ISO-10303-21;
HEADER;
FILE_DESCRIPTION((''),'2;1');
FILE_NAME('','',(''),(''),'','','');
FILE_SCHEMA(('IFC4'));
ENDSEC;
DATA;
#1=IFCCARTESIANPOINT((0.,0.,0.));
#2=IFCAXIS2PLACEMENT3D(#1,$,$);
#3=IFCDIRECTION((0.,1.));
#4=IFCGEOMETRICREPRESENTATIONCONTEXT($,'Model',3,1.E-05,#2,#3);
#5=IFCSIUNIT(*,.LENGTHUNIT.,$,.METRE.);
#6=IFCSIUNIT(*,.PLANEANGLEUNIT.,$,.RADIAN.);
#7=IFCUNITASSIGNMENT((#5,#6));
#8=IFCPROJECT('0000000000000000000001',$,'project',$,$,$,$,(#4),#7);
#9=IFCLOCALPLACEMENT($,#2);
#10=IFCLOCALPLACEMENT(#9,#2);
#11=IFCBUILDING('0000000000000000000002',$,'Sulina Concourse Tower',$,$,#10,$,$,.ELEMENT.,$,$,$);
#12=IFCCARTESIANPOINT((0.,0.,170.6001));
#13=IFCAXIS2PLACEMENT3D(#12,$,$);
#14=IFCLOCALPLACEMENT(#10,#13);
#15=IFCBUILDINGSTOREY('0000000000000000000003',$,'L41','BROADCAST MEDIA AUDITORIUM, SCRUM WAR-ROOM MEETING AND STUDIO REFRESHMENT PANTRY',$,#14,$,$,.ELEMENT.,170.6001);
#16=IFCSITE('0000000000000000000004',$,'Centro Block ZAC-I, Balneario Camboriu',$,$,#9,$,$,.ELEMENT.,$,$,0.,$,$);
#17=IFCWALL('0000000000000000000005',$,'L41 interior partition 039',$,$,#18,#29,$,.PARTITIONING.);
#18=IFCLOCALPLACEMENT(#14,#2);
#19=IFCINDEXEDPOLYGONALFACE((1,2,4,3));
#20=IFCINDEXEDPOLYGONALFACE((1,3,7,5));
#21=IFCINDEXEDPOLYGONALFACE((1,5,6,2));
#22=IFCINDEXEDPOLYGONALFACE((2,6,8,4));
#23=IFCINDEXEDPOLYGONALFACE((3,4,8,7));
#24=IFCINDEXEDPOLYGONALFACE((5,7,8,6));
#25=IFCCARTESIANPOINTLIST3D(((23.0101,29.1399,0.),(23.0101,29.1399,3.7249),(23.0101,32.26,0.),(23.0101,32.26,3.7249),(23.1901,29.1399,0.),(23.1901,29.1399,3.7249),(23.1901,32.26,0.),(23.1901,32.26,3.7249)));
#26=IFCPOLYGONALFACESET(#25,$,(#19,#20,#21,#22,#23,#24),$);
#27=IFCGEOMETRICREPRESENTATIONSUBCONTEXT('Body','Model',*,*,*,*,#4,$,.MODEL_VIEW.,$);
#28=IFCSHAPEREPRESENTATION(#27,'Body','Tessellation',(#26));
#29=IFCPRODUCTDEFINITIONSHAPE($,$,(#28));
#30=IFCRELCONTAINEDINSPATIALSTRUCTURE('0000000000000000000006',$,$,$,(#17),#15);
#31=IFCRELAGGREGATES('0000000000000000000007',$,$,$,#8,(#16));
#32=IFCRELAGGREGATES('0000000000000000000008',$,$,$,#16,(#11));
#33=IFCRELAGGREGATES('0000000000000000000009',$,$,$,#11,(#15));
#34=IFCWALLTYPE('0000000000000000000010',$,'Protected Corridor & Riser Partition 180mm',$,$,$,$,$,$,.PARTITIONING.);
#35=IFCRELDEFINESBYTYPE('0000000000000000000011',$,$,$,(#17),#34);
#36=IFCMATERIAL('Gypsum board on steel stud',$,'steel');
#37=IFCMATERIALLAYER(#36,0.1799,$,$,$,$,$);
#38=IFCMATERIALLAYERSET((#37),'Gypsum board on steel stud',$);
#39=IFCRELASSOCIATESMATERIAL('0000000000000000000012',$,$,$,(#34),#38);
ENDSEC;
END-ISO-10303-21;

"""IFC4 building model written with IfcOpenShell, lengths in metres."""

from ifc_helpers import new_model, si_unit, direction, frame, frame_2d, origin, place, context, subcontext, project, spatial, rectangle, extrude, material, layer, layer_set, type_object, element, save


model = new_model("IFC4")

# Units and contexts
model_context = context("Model", 3, precision=1e-05, world=origin(), true_north=direction((0.0, 1.0)))
body_context = subcontext(model_context, "Body", "Model", "MODEL_VIEW")
ifc_project = project(units=[si_unit("LENGTHUNIT", "METRE"), si_unit("PLANEANGLEUNIT", "RADIAN")], contexts=[model_context])

# Site, building, storey
site_placement = place(None, origin())
site = spatial("IfcSite", under=ifc_project, at=site_placement, Name="Centro Block ZAC-I, Balneario Camboriu", CompositionType="ELEMENT", RefElevation=0.0)
building_placement = place(site_placement, origin())
building = spatial("IfcBuilding", under=site, at=building_placement, Name="Sulina Concourse Tower", CompositionType="ELEMENT")
storey_placement = place(building_placement, frame((0.0, 0.0, 170.6001)))
storey = spatial("IfcBuildingStorey", under=building, at=storey_placement, Name="L41", Description="BROADCAST MEDIA AUDITORIUM, SCRUM WAR-ROOM MEETING AND STUDIO REFRESHMENT PANTRY", CompositionType="ELEMENT", Elevation=170.6001)

# Shared definitions
ifc_material_1 = material(Name="Gypsum board on steel stud", Category="steel")
ifc_layer_1 = layer(ifc_material_1, 0.1799)
ifc_layer_set_1 = layer_set([ifc_layer_1], Name="Gypsum board on steel stud")
wall_type_1 = type_object("IfcWallType", Name="Protected Corridor & Riser Partition 180mm", PredefinedType="PARTITIONING", material=ifc_layer_set_1)

# Wall
wall_1_placement = place(storey_placement, frame((23.1001, 29.1399, 0.0), z_axis=(0.0, 0.0, 1.0), x_axis=(0.0, 1.0, 0.0)))
element("IfcWall", 1, at=wall_1_placement, inside=storey, type_object=wall_type_1, Name="L41 interior partition 039", PredefinedType="PARTITIONING", context=body_context, shape_type="SweptSolid", body=[
    extrude(rectangle(XDim=3.1201, YDim=0.1799, at=frame_2d((1.5601, 0.0))), origin(), (0.0, 0.0, 1.0), 3.7249),
])

save(model, "model.ifc")
